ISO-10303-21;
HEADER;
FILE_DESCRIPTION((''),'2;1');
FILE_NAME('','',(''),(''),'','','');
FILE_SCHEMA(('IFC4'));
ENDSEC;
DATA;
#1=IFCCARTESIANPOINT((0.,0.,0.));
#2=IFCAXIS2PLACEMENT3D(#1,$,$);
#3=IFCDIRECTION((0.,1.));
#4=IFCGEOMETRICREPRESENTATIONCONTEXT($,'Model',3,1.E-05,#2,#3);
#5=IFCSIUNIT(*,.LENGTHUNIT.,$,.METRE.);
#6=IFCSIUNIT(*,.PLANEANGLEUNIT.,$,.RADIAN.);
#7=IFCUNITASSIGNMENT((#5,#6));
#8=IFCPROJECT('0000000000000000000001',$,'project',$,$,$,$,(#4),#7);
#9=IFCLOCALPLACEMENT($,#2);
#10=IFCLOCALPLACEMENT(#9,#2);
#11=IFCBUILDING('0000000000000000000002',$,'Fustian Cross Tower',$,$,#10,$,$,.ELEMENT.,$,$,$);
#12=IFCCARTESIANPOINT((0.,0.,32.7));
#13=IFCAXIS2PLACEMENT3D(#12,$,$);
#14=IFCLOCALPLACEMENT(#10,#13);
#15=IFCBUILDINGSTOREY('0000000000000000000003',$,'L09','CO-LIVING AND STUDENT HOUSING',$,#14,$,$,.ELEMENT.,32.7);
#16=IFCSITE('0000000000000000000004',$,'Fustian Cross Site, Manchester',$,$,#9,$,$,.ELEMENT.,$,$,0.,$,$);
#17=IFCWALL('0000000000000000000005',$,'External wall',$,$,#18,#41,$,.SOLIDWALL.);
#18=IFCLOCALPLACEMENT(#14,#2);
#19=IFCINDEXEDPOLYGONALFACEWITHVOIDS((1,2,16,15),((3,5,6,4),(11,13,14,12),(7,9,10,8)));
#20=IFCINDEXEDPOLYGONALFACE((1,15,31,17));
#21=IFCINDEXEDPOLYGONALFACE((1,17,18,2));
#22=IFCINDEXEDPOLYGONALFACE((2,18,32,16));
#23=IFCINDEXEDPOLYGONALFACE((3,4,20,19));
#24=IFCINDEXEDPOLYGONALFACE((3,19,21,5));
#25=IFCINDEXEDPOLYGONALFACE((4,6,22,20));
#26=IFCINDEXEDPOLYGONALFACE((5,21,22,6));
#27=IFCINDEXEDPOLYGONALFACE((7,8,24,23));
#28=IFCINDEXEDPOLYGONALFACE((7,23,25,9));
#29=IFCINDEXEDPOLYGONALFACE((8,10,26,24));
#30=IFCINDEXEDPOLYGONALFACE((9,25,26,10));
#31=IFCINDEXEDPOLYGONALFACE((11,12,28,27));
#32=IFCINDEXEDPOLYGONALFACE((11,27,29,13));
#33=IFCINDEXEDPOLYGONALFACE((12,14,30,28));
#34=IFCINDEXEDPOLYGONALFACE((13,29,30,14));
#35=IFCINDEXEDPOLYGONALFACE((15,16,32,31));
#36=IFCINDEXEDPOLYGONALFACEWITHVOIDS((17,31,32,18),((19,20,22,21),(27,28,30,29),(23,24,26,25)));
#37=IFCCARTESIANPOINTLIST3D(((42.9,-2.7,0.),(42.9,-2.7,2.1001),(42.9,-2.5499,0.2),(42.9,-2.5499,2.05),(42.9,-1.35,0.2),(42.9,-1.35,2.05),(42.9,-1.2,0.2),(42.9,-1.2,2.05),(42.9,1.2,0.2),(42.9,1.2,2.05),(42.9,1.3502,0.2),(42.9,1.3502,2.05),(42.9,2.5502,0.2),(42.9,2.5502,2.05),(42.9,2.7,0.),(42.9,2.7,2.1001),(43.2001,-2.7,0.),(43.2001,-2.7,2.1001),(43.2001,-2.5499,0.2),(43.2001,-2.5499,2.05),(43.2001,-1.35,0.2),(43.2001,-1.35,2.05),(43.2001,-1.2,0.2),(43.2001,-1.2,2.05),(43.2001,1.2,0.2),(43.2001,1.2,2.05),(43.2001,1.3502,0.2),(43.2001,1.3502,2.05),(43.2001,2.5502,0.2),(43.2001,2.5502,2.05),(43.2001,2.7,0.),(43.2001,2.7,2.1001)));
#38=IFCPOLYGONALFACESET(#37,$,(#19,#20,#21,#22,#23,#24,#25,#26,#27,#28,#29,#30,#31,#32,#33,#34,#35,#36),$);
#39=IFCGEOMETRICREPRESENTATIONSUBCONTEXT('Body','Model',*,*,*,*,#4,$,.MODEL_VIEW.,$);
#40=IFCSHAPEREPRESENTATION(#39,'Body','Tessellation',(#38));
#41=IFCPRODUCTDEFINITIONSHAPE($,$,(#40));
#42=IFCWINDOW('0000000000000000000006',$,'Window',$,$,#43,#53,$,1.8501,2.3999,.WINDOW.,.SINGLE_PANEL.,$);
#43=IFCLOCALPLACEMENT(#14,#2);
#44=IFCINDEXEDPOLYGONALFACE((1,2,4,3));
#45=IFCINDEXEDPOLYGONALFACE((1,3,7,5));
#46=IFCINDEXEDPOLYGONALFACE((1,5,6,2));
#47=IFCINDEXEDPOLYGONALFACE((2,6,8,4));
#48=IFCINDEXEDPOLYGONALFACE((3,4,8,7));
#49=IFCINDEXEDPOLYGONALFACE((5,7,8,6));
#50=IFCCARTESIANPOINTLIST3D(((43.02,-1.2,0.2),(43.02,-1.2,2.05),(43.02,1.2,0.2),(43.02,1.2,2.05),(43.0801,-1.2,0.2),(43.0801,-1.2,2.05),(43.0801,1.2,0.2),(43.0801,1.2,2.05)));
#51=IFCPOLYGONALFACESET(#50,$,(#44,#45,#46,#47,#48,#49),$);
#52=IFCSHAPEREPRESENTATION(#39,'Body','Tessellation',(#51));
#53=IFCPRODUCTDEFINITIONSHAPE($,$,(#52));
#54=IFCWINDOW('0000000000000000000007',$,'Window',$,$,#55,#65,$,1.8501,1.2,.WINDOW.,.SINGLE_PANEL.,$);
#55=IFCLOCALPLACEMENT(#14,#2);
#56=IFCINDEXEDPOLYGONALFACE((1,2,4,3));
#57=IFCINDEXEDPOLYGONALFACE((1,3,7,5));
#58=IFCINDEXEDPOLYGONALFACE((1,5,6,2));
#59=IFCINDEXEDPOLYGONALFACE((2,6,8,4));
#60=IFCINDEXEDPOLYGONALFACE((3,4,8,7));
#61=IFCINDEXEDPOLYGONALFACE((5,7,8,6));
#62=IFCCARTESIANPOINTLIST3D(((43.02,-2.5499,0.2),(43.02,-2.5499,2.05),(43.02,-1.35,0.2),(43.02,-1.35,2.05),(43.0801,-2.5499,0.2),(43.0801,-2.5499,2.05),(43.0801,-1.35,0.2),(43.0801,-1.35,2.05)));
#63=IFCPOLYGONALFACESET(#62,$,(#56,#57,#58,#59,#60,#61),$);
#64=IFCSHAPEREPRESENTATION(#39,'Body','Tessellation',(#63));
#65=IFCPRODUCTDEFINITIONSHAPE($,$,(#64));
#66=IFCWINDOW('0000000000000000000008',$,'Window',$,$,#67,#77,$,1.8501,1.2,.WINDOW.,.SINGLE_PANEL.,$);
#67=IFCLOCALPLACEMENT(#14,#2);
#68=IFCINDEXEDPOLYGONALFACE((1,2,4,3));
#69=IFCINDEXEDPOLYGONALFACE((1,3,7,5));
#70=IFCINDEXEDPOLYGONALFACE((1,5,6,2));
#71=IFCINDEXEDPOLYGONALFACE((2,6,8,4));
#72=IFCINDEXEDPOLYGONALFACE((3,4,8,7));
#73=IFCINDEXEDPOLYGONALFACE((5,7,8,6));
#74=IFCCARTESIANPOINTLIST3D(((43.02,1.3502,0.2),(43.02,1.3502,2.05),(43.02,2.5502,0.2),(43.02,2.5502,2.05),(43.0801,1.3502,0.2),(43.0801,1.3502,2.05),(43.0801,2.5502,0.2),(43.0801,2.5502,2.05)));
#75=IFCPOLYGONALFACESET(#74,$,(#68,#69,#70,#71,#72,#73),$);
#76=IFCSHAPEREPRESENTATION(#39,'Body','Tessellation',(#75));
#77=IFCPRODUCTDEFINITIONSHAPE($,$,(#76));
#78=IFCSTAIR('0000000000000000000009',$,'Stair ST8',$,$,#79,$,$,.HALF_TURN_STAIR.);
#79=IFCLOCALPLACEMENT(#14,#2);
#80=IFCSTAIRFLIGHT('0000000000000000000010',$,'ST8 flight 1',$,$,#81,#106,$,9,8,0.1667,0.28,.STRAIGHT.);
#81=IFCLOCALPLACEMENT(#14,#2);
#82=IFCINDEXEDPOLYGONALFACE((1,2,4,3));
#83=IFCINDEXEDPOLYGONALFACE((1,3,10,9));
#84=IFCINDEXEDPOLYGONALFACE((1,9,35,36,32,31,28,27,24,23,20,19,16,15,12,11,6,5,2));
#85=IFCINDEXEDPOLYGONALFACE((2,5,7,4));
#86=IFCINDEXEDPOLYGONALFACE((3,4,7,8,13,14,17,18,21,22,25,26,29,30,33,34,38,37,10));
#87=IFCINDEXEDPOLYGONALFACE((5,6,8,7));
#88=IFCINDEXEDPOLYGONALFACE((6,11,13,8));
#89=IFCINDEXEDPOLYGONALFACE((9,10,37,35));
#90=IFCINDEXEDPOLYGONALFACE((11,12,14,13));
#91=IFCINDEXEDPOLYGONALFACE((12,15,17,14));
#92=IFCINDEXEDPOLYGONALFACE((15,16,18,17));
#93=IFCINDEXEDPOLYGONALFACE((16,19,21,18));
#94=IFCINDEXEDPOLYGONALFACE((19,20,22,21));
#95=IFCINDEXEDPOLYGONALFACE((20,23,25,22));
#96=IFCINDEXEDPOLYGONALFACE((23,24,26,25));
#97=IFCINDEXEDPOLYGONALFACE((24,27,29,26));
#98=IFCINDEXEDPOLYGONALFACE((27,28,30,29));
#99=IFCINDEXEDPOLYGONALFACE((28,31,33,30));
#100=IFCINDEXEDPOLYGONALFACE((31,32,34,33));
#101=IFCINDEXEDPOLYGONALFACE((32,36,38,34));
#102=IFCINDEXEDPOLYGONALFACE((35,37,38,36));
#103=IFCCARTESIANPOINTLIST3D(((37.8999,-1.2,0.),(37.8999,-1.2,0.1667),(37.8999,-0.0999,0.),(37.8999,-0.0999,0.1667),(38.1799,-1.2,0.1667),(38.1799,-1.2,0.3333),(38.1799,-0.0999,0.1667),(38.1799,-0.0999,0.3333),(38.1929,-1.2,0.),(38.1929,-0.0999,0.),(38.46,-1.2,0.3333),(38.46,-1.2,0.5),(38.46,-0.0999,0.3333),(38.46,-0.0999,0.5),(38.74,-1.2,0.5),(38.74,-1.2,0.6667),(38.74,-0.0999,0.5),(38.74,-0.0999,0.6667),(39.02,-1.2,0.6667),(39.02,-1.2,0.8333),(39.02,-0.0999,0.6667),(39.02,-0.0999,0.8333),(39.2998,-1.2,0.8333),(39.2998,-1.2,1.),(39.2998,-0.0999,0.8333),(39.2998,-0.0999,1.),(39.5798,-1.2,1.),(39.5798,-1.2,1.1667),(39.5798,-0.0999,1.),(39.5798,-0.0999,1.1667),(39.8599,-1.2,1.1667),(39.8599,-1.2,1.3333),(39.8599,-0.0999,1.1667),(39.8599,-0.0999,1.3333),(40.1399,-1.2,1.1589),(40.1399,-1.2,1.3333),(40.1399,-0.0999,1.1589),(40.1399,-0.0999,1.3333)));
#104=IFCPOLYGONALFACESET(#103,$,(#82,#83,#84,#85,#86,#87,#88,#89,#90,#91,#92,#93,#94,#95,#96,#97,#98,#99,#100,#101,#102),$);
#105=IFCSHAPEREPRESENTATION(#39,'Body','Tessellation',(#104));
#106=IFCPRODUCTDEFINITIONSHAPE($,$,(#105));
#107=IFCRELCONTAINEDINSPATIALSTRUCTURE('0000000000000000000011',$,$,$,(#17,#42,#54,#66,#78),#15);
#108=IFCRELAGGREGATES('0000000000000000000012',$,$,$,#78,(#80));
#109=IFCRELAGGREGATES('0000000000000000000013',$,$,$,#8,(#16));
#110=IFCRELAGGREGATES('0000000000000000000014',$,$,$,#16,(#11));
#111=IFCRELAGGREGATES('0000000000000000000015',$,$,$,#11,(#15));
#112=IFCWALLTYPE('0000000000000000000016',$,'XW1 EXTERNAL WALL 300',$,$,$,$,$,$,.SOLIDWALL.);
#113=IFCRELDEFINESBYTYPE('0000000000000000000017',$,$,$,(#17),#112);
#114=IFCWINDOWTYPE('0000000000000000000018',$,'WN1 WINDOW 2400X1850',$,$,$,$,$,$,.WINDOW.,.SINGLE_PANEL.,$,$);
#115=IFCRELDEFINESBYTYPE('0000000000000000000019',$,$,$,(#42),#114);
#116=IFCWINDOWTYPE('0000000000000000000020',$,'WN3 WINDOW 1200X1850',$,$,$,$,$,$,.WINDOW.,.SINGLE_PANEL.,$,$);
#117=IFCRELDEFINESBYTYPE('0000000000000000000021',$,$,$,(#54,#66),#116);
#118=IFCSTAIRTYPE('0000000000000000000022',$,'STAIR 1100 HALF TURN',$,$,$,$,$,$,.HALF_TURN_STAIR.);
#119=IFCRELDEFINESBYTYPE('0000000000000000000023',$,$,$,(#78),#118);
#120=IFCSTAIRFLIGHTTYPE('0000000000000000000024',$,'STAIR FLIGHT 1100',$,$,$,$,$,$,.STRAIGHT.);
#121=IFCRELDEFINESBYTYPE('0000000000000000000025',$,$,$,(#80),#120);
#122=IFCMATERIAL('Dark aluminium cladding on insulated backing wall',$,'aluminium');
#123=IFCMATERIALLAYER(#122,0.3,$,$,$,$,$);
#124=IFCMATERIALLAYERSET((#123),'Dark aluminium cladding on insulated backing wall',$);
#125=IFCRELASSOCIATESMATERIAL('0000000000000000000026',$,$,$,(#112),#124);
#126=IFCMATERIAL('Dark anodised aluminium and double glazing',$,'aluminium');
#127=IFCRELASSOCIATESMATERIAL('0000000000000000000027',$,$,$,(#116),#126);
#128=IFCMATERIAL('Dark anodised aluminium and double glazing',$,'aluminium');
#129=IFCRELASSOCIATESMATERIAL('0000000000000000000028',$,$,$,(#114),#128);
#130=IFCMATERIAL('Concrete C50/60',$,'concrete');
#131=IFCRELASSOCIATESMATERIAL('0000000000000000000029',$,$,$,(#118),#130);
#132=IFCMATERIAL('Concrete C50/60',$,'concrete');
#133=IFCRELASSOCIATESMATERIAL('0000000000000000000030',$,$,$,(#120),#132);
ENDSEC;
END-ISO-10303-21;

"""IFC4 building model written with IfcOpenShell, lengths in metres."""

from ifc_helpers import new_model, si_unit, direction, frame, frame_2d, origin, place, context, subcontext, project, spatial, polyline, rectangle, outline, extrude, material, layer, layer_set, type_object, element, fill, aggregate, save


model = new_model("IFC4")

# Units and contexts
model_context = context("Model", 3, precision=1e-05, world=origin(), true_north=direction((0.0, 1.0)))
body_context = subcontext(model_context, "Body", "Model", "MODEL_VIEW")
ifc_project = project(units=[si_unit("LENGTHUNIT", "METRE"), si_unit("PLANEANGLEUNIT", "RADIAN")], contexts=[model_context])

# Site, building, storey
site_placement = place(None, origin())
site = spatial("IfcSite", under=ifc_project, at=site_placement, Name="Fustian Cross Site, Manchester", CompositionType="ELEMENT", RefElevation=0.0)
building_placement = place(site_placement, origin())
building = spatial("IfcBuilding", under=site, at=building_placement, Name="Fustian Cross Tower", CompositionType="ELEMENT")
storey_placement = place(building_placement, frame((0.0, 0.0, 32.7)))
storey = spatial("IfcBuildingStorey", under=building, at=storey_placement, Name="L09", Description="CO-LIVING AND STUDENT HOUSING", CompositionType="ELEMENT", Elevation=32.7)

# Shared definitions
ifc_material_1 = material(Name="Dark aluminium cladding on insulated backing wall", Category="aluminium")
ifc_layer_1 = layer(ifc_material_1, 0.3)
ifc_layer_set_1 = layer_set([ifc_layer_1], Name="Dark aluminium cladding on insulated backing wall")
wall_type_1 = type_object("IfcWallType", Name="XW1 EXTERNAL WALL 300", PredefinedType="SOLIDWALL", material=ifc_layer_set_1)
ifc_material_2 = material(Name="Dark anodised aluminium and double glazing", Category="aluminium")
window_type_1 = type_object("IfcWindowType", Name="WN3 WINDOW 1200X1850", PartitioningType="SINGLE_PANEL", PredefinedType="WINDOW", material=ifc_material_2)

# Wall, openings, windows
wall_1_placement = place(storey_placement, frame((43.05, -2.7, 0.0), z_axis=(0.0, 0.0, 1.0), x_axis=(0.0, 1.0, 0.0)))
wall_1 = element("IfcWall", 1, at=wall_1_placement, inside=storey, type_object=wall_type_1, Name="External wall", PredefinedType="SOLIDWALL", context=body_context, shape_type="SweptSolid", body=[
    extrude(rectangle(XDim=5.3999, YDim=0.3, at=frame_2d((2.7, 0.0))), origin(), (0.0, 0.0, 1.0), 2.1001),
])
opening_1_placement = place(wall_1_placement, frame((1.5, 0.0, 0.2)))
opening_1 = element("IfcOpeningElement", 2, at=opening_1_placement, cuts=wall_1, PredefinedType="OPENING", context=body_context, shape_type="SweptSolid", body=[
    extrude(rectangle(XDim=2.3999, YDim=1.8501, at=frame_2d((1.2, 0.925))), frame((0.0, 0.1599, 0.0), z_axis=(0.0, -1.0, 0.0), x_axis=(1.0, 0.0, 0.0)), (0.0, 0.0, 1.0), 0.3201),
])
opening_2_placement = place(wall_1_placement, frame((0.1499, 0.0, 0.2)))
opening_2 = element("IfcOpeningElement", 3, at=opening_2_placement, cuts=wall_1, PredefinedType="OPENING", context=body_context, shape_type="SweptSolid", body=[
    extrude(rectangle(XDim=1.2, YDim=1.8501, at=frame_2d((0.6001, 0.925))), frame((0.0, 0.1599, 0.0), z_axis=(0.0, -1.0, 0.0), x_axis=(1.0, 0.0, 0.0)), (0.0, 0.0, 1.0), 0.3201),
])
opening_3_placement = place(wall_1_placement, frame((4.05, 0.0, 0.2)))
opening_3 = element("IfcOpeningElement", 4, at=opening_3_placement, cuts=wall_1, PredefinedType="OPENING", context=body_context, shape_type="SweptSolid", body=[
    extrude(rectangle(XDim=1.2, YDim=1.8501, at=frame_2d((0.6001, 0.925))), frame((0.0, 0.1599, 0.0), z_axis=(0.0, -1.0, 0.0), x_axis=(1.0, 0.0, 0.0)), (0.0, 0.0, 1.0), 0.3201),
])
ifc_material_3 = material(Name="Dark anodised aluminium and double glazing", Category="aluminium")
window_type_2 = type_object("IfcWindowType", Name="WN1 WINDOW 2400X1850", PartitioningType="SINGLE_PANEL", PredefinedType="WINDOW", material=ifc_material_3)
window_1_placement = place(opening_1_placement, origin())
window_1 = element("IfcWindow", 5, at=window_1_placement, inside=storey, type_object=window_type_2, Name="Window", OverallHeight=1.8501, OverallWidth=2.3999, PartitioningType="SINGLE_PANEL", PredefinedType="WINDOW", context=body_context, shape_type="SweptSolid", body=[
    extrude(rectangle(XDim=2.3999, YDim=1.8501, at=frame_2d((1.2, 0.925))), frame((0.0, 0.03, 0.0), z_axis=(0.0, -1.0, 0.0), x_axis=(1.0, 0.0, 0.0)), (0.0, 0.0, 1.0), 0.0601),
])
fill(opening_1, window_1)
window_2_placement = place(opening_2_placement, origin())
window_2 = element("IfcWindow", 6, at=window_2_placement, inside=storey, type_object=window_type_1, Name="Window", OverallHeight=1.8501, OverallWidth=1.2, PartitioningType="SINGLE_PANEL", PredefinedType="WINDOW", context=body_context, shape_type="SweptSolid", body=[
    extrude(rectangle(XDim=1.2, YDim=1.8501, at=frame_2d((0.6001, 0.925))), frame((0.0, 0.03, 0.0), z_axis=(0.0, -1.0, 0.0), x_axis=(1.0, 0.0, 0.0)), (0.0, 0.0, 1.0), 0.0601),
])
fill(opening_2, window_2)
window_3_placement = place(opening_3_placement, origin())
window_3 = element("IfcWindow", 7, at=window_3_placement, inside=storey, type_object=window_type_1, Name="Window", OverallHeight=1.8501, OverallWidth=1.2, PartitioningType="SINGLE_PANEL", PredefinedType="WINDOW", context=body_context, shape_type="SweptSolid", body=[
    extrude(rectangle(XDim=1.2, YDim=1.8501, at=frame_2d((0.6001, 0.925))), frame((0.0, 0.03, 0.0), z_axis=(0.0, -1.0, 0.0), x_axis=(1.0, 0.0, 0.0)), (0.0, 0.0, 1.0), 0.0601),
])
fill(opening_3, window_3)

# Stair, stair flight
ifc_material_4 = material(Name="Concrete C50/60", Category="concrete")
stair_type = type_object("IfcStairType", Name="STAIR 1100 HALF TURN", PredefinedType="HALF_TURN_STAIR", material=ifc_material_4)
stair_placement = place(storey_placement, origin())
stair = element("IfcStair", 8, at=stair_placement, inside=storey, type_object=stair_type, Name="Stair ST8", PredefinedType="HALF_TURN_STAIR")
ifc_material_5 = material(Name="Concrete C50/60", Category="concrete")
stair_flight_type = type_object("IfcStairFlightType", Name="STAIR FLIGHT 1100", PredefinedType="STRAIGHT", material=ifc_material_5)
stair_flight_placement = place(storey_placement, frame((37.8999, -0.6499, 0.0), z_axis=(0.0, 0.0, 1.0), x_axis=(1.0, 0.0, 0.0)))
stair_flight = element("IfcStairFlight", 9, at=stair_flight_placement, type_object=stair_flight_type, Name="ST8 flight 1", NumberOfRisers=9, NumberOfTreads=8, PredefinedType="STRAIGHT", RiserHeight=0.1667, TreadLength=0.28, context=body_context, shape_type="SweptSolid", body=[
    extrude(outline(polyline([(0.0, 0.0), (0.0, 0.1667), (0.28, 0.1667), (0.28, 0.3333), (0.5601, 0.3333), (0.5601, 0.5), (0.8401, 0.5), (0.8401, 0.6667), (1.1201, 0.6667), (1.1201, 0.8333), (1.3999, 0.8333), (1.3999, 1.0), (1.6799, 1.0), (1.6799, 1.1667), (1.96, 1.1667), (1.96, 1.3333), (2.24, 1.3333), (2.24, 1.5), (2.24, 1.1589), (0.293, 0.0), (0.0, 0.0)])), frame((0.0, 0.55, 0.0), z_axis=(0.0, -1.0, 0.0), x_axis=(1.0, 0.0, 0.0)), (0.0, 0.0, 1.0), 1.1001),
])
aggregate(stair, [stair_flight])

save(model, "model.ifc")
